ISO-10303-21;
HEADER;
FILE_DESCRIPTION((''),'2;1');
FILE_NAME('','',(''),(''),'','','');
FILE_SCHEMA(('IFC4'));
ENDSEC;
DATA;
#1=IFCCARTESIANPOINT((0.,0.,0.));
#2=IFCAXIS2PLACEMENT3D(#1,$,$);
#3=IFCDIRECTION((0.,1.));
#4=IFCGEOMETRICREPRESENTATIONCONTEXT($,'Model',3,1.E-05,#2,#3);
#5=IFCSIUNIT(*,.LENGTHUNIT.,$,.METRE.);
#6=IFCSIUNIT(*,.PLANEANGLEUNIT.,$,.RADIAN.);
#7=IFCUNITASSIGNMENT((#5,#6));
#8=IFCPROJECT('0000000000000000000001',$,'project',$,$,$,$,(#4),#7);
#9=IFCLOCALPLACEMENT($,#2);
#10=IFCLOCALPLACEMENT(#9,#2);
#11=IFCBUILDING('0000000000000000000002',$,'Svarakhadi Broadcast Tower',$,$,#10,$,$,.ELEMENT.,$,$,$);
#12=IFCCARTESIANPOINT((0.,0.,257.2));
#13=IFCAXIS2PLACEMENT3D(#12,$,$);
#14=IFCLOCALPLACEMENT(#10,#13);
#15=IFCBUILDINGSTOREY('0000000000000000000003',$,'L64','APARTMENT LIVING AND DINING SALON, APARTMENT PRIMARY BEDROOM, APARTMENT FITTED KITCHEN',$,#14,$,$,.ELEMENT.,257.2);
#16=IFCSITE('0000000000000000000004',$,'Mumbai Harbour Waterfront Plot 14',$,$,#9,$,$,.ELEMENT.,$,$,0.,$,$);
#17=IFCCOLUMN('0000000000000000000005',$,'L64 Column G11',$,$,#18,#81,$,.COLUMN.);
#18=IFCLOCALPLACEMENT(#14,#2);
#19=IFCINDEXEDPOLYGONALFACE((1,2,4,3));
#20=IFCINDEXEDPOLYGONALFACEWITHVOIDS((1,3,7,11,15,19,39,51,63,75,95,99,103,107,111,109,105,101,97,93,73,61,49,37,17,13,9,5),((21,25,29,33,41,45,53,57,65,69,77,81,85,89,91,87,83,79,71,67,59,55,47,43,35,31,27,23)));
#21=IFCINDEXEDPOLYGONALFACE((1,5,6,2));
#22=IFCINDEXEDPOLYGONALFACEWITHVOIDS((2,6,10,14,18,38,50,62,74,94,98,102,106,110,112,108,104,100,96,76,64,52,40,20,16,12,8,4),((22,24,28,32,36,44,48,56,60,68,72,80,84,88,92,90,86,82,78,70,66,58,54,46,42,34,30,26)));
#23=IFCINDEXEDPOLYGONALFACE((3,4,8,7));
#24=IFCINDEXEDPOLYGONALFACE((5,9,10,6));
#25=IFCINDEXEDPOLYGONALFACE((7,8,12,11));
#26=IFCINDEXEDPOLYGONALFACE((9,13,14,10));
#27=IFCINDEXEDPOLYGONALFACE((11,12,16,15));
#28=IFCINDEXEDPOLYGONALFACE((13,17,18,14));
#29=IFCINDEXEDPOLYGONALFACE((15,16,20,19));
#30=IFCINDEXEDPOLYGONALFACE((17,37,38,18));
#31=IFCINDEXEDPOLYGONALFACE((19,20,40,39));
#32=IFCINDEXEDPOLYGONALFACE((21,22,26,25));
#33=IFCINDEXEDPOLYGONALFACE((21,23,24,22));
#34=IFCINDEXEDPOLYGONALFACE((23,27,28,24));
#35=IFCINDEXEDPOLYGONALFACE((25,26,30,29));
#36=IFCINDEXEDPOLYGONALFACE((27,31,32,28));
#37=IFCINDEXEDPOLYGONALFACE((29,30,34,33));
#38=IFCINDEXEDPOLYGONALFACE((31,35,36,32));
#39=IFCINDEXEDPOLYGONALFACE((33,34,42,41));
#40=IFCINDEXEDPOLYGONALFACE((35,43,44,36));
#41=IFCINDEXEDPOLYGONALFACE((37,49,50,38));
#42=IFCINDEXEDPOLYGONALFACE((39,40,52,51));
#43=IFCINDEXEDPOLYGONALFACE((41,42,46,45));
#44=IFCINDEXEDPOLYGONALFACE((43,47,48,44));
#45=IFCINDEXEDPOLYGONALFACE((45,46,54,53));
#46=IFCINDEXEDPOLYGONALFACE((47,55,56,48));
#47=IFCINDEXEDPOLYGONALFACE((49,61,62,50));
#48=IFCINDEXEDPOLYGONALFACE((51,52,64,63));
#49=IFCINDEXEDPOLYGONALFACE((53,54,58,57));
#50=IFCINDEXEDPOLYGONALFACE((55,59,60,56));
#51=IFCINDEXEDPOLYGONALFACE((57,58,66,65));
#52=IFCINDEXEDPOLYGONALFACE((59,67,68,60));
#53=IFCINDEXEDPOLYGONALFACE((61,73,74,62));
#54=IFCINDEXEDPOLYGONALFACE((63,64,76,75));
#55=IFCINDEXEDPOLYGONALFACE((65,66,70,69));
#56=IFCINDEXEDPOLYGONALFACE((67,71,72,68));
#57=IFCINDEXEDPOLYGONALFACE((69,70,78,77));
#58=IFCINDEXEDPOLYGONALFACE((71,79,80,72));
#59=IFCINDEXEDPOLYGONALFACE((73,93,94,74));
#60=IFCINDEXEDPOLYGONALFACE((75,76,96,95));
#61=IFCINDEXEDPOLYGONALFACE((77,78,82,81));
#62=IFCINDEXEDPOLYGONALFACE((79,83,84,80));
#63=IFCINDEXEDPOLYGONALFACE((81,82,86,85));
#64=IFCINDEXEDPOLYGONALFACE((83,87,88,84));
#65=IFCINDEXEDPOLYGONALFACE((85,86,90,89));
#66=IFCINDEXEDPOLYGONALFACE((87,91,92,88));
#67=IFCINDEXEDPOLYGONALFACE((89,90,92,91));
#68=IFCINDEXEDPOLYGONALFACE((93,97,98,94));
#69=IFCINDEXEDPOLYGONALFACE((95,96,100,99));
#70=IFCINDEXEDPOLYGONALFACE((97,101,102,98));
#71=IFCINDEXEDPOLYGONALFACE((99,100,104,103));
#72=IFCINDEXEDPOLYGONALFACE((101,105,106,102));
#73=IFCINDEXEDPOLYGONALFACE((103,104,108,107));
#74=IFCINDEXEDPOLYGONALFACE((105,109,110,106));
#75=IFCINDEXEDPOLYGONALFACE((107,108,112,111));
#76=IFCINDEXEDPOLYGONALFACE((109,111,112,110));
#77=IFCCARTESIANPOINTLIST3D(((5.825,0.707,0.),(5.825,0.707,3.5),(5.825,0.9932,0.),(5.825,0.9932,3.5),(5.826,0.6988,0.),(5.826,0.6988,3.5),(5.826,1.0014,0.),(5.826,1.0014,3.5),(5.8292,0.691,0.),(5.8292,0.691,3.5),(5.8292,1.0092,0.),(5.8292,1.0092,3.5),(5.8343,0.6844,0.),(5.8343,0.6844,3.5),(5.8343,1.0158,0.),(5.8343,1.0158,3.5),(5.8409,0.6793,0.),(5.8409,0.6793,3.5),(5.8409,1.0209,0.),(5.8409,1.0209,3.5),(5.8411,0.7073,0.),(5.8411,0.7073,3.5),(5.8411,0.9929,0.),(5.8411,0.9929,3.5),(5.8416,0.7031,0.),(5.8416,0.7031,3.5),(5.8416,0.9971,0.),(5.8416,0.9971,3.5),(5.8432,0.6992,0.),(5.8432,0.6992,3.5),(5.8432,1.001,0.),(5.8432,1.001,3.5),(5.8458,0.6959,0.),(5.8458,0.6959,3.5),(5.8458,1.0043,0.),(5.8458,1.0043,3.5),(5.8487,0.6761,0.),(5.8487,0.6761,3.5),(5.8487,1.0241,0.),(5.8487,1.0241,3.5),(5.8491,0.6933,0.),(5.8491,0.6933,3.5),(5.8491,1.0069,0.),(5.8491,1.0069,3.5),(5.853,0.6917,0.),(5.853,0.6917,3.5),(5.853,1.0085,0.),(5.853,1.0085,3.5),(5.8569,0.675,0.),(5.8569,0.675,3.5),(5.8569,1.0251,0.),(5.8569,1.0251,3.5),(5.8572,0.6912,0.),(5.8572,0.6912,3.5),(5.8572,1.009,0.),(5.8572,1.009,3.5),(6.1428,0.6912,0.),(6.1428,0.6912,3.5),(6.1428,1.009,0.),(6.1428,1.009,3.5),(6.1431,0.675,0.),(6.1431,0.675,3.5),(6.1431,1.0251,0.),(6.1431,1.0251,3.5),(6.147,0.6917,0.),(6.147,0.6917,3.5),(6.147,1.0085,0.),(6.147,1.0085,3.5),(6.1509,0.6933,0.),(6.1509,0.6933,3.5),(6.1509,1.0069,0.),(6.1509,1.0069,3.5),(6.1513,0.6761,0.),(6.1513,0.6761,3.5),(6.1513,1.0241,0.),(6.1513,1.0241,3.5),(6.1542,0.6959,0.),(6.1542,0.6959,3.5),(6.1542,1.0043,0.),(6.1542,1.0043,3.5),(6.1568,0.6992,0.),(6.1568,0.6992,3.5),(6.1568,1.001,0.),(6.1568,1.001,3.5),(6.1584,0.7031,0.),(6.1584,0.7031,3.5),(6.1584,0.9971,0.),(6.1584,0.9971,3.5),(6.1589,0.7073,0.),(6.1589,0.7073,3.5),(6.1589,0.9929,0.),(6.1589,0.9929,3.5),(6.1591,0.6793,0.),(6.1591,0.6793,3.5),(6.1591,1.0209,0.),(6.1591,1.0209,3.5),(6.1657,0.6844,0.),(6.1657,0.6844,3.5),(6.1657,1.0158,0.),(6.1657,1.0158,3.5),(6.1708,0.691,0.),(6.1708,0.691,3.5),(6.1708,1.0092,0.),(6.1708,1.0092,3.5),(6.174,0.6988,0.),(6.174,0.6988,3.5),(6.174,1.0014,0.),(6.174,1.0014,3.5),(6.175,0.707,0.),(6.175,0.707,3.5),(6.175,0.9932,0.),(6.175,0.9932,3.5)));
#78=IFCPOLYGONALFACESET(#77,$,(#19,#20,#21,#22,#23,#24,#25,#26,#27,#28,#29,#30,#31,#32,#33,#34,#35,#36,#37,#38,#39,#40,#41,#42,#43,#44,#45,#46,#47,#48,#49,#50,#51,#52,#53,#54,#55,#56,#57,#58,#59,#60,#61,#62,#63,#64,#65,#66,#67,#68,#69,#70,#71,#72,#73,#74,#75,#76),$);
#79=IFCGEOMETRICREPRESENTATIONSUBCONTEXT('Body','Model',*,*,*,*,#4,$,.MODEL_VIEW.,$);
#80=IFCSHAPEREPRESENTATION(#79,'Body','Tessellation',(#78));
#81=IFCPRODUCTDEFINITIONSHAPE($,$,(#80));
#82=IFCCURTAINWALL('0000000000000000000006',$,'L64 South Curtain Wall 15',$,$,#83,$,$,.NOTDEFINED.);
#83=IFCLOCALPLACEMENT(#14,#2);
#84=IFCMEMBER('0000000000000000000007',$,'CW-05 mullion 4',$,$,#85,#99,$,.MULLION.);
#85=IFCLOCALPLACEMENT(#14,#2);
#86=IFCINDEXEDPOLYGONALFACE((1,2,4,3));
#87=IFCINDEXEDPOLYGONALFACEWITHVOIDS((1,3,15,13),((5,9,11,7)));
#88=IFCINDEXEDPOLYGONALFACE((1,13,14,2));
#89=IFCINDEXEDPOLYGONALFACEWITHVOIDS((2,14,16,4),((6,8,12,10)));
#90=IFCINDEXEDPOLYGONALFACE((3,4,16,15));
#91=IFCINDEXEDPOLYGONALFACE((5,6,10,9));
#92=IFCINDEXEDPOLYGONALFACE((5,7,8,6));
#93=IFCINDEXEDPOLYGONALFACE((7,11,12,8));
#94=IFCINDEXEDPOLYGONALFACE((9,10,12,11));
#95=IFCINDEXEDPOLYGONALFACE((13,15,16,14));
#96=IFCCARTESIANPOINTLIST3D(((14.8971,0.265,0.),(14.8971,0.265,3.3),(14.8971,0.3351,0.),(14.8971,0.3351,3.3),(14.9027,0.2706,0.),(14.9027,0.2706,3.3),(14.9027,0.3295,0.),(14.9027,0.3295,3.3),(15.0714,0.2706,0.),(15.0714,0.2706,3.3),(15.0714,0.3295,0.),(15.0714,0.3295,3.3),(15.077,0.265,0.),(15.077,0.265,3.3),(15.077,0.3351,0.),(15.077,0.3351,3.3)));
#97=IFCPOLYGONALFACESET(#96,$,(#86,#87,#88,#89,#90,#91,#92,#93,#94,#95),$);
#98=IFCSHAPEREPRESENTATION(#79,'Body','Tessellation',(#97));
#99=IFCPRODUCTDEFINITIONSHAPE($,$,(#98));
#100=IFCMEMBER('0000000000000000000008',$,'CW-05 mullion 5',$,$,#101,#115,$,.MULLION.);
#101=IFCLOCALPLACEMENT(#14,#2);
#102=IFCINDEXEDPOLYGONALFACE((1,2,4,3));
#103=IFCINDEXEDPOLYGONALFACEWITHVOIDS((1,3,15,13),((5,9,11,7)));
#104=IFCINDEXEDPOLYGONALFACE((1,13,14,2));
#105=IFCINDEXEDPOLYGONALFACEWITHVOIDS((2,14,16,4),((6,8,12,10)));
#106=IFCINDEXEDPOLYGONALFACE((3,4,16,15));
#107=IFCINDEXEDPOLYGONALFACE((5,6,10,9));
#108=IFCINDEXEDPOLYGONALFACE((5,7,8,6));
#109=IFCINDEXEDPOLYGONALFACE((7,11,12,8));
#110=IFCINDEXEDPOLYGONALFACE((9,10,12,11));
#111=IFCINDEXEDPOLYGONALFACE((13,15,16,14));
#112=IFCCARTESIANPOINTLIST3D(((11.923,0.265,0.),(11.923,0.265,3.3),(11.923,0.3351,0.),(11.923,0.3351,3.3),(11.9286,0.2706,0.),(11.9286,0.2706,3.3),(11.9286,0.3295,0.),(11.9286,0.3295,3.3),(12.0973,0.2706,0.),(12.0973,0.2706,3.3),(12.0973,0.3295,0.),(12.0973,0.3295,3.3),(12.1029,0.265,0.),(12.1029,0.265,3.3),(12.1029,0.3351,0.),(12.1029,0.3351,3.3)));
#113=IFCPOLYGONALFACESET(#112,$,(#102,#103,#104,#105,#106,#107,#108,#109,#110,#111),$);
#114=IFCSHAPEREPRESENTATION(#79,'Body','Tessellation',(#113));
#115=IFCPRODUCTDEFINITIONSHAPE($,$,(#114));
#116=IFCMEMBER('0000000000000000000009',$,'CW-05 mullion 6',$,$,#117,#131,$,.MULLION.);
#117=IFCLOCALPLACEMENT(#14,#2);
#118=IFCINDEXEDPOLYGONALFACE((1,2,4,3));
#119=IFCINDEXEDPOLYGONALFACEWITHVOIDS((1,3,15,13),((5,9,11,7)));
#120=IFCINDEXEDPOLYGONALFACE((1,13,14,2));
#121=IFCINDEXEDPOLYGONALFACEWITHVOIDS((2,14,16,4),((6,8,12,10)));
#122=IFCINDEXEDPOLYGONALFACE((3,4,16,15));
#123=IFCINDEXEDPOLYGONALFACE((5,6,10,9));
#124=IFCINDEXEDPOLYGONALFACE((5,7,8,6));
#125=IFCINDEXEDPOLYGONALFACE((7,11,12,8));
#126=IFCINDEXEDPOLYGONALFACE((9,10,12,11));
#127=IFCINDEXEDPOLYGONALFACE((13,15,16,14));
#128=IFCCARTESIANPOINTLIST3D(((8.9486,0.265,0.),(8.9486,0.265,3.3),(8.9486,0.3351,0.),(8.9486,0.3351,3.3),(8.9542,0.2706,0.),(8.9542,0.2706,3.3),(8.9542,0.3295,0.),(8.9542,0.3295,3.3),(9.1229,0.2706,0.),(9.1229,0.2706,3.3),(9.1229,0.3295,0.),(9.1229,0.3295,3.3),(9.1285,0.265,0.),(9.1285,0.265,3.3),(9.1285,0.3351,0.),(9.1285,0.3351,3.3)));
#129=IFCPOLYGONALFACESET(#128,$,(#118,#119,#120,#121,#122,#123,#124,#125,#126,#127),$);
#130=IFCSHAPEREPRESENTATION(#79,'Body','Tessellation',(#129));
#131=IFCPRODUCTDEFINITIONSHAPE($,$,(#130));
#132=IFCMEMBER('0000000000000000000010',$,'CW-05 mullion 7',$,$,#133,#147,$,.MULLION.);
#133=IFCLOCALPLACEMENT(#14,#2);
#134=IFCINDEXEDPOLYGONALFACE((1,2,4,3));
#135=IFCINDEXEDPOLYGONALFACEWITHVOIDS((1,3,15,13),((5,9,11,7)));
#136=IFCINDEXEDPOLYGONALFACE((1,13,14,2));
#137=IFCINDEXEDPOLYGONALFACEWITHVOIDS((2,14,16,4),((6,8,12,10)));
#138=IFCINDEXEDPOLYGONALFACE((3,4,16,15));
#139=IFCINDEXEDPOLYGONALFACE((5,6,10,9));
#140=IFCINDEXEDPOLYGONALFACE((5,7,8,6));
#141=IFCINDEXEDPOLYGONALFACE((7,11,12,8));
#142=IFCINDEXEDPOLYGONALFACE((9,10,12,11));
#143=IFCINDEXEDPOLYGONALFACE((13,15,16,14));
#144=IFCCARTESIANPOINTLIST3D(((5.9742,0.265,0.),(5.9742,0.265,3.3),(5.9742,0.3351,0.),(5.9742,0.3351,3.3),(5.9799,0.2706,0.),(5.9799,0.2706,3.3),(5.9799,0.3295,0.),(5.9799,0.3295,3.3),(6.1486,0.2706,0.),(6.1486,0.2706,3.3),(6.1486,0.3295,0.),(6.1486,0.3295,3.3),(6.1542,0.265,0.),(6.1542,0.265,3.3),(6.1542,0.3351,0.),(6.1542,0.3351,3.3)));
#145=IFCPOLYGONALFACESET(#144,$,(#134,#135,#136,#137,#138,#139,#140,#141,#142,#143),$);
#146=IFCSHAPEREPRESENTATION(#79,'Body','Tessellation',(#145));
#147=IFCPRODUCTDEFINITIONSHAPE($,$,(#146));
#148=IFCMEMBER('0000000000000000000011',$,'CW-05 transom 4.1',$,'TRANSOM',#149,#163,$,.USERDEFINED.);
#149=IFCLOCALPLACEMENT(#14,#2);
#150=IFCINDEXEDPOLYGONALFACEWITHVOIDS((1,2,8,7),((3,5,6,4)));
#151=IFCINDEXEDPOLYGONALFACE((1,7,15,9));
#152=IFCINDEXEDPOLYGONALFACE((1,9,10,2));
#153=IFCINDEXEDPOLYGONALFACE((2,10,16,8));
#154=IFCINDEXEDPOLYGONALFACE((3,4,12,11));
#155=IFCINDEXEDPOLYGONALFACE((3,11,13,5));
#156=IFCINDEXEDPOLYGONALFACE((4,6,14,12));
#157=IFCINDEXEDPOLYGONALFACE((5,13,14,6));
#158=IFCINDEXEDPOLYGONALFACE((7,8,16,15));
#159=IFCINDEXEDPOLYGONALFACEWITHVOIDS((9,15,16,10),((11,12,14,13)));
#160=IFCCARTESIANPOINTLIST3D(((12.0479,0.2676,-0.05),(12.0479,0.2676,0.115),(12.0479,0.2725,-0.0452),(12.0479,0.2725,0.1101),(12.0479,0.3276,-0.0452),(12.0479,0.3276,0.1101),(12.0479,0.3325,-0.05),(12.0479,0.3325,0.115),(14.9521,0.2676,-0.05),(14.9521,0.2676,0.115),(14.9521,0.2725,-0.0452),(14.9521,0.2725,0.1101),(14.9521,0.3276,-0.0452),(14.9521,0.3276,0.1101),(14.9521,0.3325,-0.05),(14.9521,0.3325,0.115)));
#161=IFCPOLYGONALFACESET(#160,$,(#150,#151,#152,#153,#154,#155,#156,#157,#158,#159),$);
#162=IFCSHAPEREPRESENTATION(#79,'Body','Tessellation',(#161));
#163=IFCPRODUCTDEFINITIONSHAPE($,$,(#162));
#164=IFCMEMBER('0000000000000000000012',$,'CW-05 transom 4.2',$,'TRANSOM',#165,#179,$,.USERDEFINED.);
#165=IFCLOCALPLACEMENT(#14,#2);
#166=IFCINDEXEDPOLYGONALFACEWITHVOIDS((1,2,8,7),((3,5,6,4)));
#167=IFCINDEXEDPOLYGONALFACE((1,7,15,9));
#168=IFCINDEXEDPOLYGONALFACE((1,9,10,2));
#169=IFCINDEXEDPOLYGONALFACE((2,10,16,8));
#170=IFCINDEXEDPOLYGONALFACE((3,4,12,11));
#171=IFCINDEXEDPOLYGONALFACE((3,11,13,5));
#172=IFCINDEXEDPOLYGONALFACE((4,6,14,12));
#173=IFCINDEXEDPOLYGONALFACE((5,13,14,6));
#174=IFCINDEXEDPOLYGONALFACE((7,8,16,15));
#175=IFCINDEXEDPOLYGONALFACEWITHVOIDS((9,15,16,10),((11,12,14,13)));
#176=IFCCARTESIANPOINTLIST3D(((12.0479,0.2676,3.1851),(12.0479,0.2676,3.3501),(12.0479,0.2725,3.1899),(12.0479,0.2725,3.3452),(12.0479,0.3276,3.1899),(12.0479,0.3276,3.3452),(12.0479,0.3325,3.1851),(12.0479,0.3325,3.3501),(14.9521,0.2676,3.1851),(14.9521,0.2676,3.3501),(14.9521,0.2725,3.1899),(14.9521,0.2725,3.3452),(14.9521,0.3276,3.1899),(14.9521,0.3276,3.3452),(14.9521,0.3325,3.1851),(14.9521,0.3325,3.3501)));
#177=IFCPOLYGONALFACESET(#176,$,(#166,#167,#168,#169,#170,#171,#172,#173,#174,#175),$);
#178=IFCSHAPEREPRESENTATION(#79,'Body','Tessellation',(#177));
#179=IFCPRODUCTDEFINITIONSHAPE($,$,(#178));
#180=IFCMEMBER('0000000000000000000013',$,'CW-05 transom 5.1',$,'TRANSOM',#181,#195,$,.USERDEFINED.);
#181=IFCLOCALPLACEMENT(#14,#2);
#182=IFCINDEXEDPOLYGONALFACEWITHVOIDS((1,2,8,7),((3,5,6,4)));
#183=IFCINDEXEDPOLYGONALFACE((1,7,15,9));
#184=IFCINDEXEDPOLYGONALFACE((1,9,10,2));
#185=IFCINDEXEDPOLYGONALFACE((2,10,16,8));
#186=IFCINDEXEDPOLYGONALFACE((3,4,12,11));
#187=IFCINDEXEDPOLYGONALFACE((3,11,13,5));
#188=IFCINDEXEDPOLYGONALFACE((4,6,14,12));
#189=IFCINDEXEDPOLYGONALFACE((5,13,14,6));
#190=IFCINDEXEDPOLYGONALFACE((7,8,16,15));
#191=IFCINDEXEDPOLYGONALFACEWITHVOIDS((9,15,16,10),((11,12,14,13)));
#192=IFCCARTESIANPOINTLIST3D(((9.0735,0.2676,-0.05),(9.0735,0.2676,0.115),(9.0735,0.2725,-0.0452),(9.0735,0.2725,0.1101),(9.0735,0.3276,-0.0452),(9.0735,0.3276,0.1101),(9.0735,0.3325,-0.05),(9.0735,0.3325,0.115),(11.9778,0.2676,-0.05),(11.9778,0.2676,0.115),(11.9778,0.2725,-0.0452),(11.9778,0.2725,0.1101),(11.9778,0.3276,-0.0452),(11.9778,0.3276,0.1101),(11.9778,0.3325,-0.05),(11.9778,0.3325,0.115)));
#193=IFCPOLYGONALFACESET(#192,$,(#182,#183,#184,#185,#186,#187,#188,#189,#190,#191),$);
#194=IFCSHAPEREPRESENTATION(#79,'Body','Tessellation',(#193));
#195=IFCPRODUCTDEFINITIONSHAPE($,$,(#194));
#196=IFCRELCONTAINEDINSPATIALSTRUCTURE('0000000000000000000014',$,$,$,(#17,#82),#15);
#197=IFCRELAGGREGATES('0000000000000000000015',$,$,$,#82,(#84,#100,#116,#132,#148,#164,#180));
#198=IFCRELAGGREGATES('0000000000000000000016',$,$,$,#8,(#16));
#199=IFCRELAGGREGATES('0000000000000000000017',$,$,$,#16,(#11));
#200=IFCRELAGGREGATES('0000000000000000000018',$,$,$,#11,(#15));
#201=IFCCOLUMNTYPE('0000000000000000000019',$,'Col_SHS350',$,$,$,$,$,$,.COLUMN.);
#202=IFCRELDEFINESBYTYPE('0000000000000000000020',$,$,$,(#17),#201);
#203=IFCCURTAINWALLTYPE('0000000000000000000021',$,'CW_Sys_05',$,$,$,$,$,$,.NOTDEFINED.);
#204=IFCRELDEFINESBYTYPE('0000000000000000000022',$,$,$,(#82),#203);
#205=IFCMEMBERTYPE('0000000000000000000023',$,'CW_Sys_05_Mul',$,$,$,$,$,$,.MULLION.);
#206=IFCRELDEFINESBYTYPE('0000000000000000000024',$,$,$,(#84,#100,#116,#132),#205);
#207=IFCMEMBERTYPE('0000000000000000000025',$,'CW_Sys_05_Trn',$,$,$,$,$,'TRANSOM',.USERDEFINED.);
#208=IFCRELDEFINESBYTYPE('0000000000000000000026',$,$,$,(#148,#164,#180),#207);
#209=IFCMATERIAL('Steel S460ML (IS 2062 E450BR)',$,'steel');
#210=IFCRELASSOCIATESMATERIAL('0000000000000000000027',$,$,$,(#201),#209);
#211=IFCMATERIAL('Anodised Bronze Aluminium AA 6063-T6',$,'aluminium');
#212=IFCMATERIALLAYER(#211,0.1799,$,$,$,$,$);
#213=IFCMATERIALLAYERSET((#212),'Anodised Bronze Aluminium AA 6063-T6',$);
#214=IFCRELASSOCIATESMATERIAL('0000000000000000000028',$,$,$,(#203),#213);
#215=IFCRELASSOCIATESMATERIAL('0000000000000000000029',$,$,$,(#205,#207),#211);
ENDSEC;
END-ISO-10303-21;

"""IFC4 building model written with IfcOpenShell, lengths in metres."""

from ifc_helpers import new_model, si_unit, direction, frame, origin, origin_2d, place, context, subcontext, project, spatial, hollow_rectangle, extrude, material, layer, layer_set, material_profile, profile_set, type_object, element, aggregate, save


model = new_model("IFC4")

# Units and contexts
model_context = context("Model", 3, precision=1e-05, world=origin(), true_north=direction((0.0, 1.0)))
body_context = subcontext(model_context, "Body", "Model", "MODEL_VIEW")
ifc_project = project(units=[si_unit("LENGTHUNIT", "METRE"), si_unit("PLANEANGLEUNIT", "RADIAN")], contexts=[model_context])

# Site, building, storey
site_placement = place(None, origin())
site = spatial("IfcSite", under=ifc_project, at=site_placement, Name="Mumbai Harbour Waterfront Plot 14", CompositionType="ELEMENT", RefElevation=0.0)
building_placement = place(site_placement, origin())
building = spatial("IfcBuilding", under=site, at=building_placement, Name="Svarakhadi Broadcast Tower", CompositionType="ELEMENT")
storey_placement = place(building_placement, frame((0.0, 0.0, 257.2)))
storey = spatial("IfcBuildingStorey", under=building, at=storey_placement, Name="L64", Description="APARTMENT LIVING AND DINING SALON, APARTMENT PRIMARY BEDROOM, APARTMENT FITTED KITCHEN", CompositionType="ELEMENT", Elevation=257.2)

# Column
ifc_material_1 = material(Name="Steel S460ML (IS 2062 E450BR)", Category="steel")
ifc_material_profile_1 = material_profile(ifc_material_1, hollow_rectangle(XDim=0.3501, YDim=0.3501, WallThickness=0.0161, InnerFilletRadius=0.0161, OuterFilletRadius=0.032, at=origin_2d()), Name="SHS 350x350x16")
ifc_profile_set_1 = profile_set([ifc_material_profile_1], Name="Steel S460ML (IS 2062 E450BR)")
column_type = type_object("IfcColumnType", Name="Col_SHS350", PredefinedType="COLUMN", material=ifc_profile_set_1)
column_placement = place(storey_placement, frame((6.0, 0.8501, 0.0), z_axis=(0.0, 0.0, 1.0), x_axis=(1.0, 0.0, 0.0)))
element("IfcColumn", 1, at=column_placement, inside=storey, type_object=column_type, Name="L64 Column G11", PredefinedType="COLUMN", context=body_context, shape_type="SweptSolid", body=[
    extrude(hollow_rectangle(XDim=0.3501, YDim=0.3501, WallThickness=0.0161, InnerFilletRadius=0.0161, OuterFilletRadius=0.032, at=origin_2d()), origin(), (0.0, 0.0, 1.0), 3.5),
])

# Curtain wall, members
ifc_material_2 = material(Name="Anodised Bronze Aluminium AA 6063-T6", Category="aluminium")
ifc_layer_1 = layer(ifc_material_2, 0.1799)
ifc_layer_set_1 = layer_set([ifc_layer_1], Name="Anodised Bronze Aluminium AA 6063-T6")
curtain_wall_type = type_object("IfcCurtainWallType", Name="CW_Sys_05", PredefinedType="NOTDEFINED", material=ifc_layer_set_1)
curtain_wall_placement = place(storey_placement, origin())
curtain_wall = element("IfcCurtainWall", 2, at=curtain_wall_placement, inside=storey, type_object=curtain_wall_type, Name="L64 South Curtain Wall 15", PredefinedType="NOTDEFINED")
ifc_material_profile_2 = material_profile(ifc_material_2, hollow_rectangle(XDim=0.0701, YDim=0.1799, WallThickness=0.0056, at=origin_2d()), Name="ALU MULLION 180x70x6")
ifc_profile_set_2 = profile_set([ifc_material_profile_2], Name="Anodised Bronze Aluminium AA 6063-T6")
member_type_1 = type_object("IfcMemberType", Name="CW_Sys_05_Mul", PredefinedType="MULLION", material=ifc_profile_set_2)
member_1_placement = place(storey_placement, frame((14.9871, 0.3, 0.0), z_axis=(0.0, 0.0, 1.0), x_axis=(0.0, -1.0, 0.0)))
member_1 = element("IfcMember", 3, at=member_1_placement, type_object=member_type_1, Name="CW-05 mullion 4", PredefinedType="MULLION", context=body_context, shape_type="SweptSolid", body=[
    extrude(hollow_rectangle(XDim=0.0701, YDim=0.1799, WallThickness=0.0056, at=origin_2d()), origin(), (0.0, 0.0, 1.0), 3.3),
])
member_2_placement = place(storey_placement, frame((12.0129, 0.3, 0.0), z_axis=(0.0, 0.0, 1.0), x_axis=(0.0, -1.0, 0.0)))
member_2 = element("IfcMember", 4, at=member_2_placement, type_object=member_type_1, Name="CW-05 mullion 5", PredefinedType="MULLION", context=body_context, shape_type="SweptSolid", body=[
    extrude(hollow_rectangle(XDim=0.0701, YDim=0.1799, WallThickness=0.0056, at=origin_2d()), origin(), (0.0, 0.0, 1.0), 3.3),
])
member_3_placement = place(storey_placement, frame((9.0386, 0.3, 0.0), z_axis=(0.0, 0.0, 1.0), x_axis=(0.0, -1.0, 0.0)))
member_3 = element("IfcMember", 5, at=member_3_placement, type_object=member_type_1, Name="CW-05 mullion 6", PredefinedType="MULLION", context=body_context, shape_type="SweptSolid", body=[
    extrude(hollow_rectangle(XDim=0.0701, YDim=0.1799, WallThickness=0.0056, at=origin_2d()), origin(), (0.0, 0.0, 1.0), 3.3),
])
member_4_placement = place(storey_placement, frame((6.0642, 0.3, 0.0), z_axis=(0.0, 0.0, 1.0), x_axis=(0.0, -1.0, 0.0)))
member_4 = element("IfcMember", 6, at=member_4_placement, type_object=member_type_1, Name="CW-05 mullion 7", PredefinedType="MULLION", context=body_context, shape_type="SweptSolid", body=[
    extrude(hollow_rectangle(XDim=0.0701, YDim=0.1799, WallThickness=0.0056, at=origin_2d()), origin(), (0.0, 0.0, 1.0), 3.3),
])
ifc_material_profile_3 = material_profile(ifc_material_2, hollow_rectangle(XDim=0.0649, YDim=0.165, WallThickness=0.0049, at=origin_2d()), Name="ALU TRANSOM 165x65x5")
ifc_profile_set_3 = profile_set([ifc_material_profile_3], Name="Anodised Bronze Aluminium AA 6063-T6")
member_type_2 = type_object("IfcMemberType", Name="CW_Sys_05_Trn", ElementType="TRANSOM", PredefinedType="USERDEFINED", material=ifc_profile_set_3)
member_5_placement = place(storey_placement, frame((14.9521, 0.3, 0.0325), z_axis=(-1.0, 0.0, 0.0), x_axis=(0.0, -1.0, 0.0)))
member_5 = element("IfcMember", 7, at=member_5_placement, type_object=member_type_2, Name="CW-05 transom 4.1", ObjectType="TRANSOM", PredefinedType="USERDEFINED", context=body_context, shape_type="SweptSolid", body=[
    extrude(hollow_rectangle(XDim=0.0649, YDim=0.165, WallThickness=0.0049, at=origin_2d()), origin(), (0.0, 0.0, 1.0), 2.9043),
])
member_6_placement = place(storey_placement, frame((14.9521, 0.3, 3.2676), z_axis=(-1.0, 0.0, 0.0), x_axis=(0.0, -1.0, 0.0)))
member_6 = element("IfcMember", 8, at=member_6_placement, type_object=member_type_2, Name="CW-05 transom 4.2", ObjectType="TRANSOM", PredefinedType="USERDEFINED", context=body_context, shape_type="SweptSolid", body=[
    extrude(hollow_rectangle(XDim=0.0649, YDim=0.165, WallThickness=0.0049, at=origin_2d()), origin(), (0.0, 0.0, 1.0), 2.9043),
])
member_7_placement = place(storey_placement, frame((11.9778, 0.3, 0.0325), z_axis=(-1.0, 0.0, 0.0), x_axis=(0.0, -1.0, 0.0)))
member_7 = element("IfcMember", 9, at=member_7_placement, type_object=member_type_2, Name="CW-05 transom 5.1", ObjectType="TRANSOM", PredefinedType="USERDEFINED", context=body_context, shape_type="SweptSolid", body=[
    extrude(hollow_rectangle(XDim=0.0649, YDim=0.165, WallThickness=0.0049, at=origin_2d()), origin(), (0.0, 0.0, 1.0), 2.9043),
])

aggregate(curtain_wall, [member_1, member_2, member_3, member_4, member_5, member_6, member_7])

save(model, "model.ifc")
